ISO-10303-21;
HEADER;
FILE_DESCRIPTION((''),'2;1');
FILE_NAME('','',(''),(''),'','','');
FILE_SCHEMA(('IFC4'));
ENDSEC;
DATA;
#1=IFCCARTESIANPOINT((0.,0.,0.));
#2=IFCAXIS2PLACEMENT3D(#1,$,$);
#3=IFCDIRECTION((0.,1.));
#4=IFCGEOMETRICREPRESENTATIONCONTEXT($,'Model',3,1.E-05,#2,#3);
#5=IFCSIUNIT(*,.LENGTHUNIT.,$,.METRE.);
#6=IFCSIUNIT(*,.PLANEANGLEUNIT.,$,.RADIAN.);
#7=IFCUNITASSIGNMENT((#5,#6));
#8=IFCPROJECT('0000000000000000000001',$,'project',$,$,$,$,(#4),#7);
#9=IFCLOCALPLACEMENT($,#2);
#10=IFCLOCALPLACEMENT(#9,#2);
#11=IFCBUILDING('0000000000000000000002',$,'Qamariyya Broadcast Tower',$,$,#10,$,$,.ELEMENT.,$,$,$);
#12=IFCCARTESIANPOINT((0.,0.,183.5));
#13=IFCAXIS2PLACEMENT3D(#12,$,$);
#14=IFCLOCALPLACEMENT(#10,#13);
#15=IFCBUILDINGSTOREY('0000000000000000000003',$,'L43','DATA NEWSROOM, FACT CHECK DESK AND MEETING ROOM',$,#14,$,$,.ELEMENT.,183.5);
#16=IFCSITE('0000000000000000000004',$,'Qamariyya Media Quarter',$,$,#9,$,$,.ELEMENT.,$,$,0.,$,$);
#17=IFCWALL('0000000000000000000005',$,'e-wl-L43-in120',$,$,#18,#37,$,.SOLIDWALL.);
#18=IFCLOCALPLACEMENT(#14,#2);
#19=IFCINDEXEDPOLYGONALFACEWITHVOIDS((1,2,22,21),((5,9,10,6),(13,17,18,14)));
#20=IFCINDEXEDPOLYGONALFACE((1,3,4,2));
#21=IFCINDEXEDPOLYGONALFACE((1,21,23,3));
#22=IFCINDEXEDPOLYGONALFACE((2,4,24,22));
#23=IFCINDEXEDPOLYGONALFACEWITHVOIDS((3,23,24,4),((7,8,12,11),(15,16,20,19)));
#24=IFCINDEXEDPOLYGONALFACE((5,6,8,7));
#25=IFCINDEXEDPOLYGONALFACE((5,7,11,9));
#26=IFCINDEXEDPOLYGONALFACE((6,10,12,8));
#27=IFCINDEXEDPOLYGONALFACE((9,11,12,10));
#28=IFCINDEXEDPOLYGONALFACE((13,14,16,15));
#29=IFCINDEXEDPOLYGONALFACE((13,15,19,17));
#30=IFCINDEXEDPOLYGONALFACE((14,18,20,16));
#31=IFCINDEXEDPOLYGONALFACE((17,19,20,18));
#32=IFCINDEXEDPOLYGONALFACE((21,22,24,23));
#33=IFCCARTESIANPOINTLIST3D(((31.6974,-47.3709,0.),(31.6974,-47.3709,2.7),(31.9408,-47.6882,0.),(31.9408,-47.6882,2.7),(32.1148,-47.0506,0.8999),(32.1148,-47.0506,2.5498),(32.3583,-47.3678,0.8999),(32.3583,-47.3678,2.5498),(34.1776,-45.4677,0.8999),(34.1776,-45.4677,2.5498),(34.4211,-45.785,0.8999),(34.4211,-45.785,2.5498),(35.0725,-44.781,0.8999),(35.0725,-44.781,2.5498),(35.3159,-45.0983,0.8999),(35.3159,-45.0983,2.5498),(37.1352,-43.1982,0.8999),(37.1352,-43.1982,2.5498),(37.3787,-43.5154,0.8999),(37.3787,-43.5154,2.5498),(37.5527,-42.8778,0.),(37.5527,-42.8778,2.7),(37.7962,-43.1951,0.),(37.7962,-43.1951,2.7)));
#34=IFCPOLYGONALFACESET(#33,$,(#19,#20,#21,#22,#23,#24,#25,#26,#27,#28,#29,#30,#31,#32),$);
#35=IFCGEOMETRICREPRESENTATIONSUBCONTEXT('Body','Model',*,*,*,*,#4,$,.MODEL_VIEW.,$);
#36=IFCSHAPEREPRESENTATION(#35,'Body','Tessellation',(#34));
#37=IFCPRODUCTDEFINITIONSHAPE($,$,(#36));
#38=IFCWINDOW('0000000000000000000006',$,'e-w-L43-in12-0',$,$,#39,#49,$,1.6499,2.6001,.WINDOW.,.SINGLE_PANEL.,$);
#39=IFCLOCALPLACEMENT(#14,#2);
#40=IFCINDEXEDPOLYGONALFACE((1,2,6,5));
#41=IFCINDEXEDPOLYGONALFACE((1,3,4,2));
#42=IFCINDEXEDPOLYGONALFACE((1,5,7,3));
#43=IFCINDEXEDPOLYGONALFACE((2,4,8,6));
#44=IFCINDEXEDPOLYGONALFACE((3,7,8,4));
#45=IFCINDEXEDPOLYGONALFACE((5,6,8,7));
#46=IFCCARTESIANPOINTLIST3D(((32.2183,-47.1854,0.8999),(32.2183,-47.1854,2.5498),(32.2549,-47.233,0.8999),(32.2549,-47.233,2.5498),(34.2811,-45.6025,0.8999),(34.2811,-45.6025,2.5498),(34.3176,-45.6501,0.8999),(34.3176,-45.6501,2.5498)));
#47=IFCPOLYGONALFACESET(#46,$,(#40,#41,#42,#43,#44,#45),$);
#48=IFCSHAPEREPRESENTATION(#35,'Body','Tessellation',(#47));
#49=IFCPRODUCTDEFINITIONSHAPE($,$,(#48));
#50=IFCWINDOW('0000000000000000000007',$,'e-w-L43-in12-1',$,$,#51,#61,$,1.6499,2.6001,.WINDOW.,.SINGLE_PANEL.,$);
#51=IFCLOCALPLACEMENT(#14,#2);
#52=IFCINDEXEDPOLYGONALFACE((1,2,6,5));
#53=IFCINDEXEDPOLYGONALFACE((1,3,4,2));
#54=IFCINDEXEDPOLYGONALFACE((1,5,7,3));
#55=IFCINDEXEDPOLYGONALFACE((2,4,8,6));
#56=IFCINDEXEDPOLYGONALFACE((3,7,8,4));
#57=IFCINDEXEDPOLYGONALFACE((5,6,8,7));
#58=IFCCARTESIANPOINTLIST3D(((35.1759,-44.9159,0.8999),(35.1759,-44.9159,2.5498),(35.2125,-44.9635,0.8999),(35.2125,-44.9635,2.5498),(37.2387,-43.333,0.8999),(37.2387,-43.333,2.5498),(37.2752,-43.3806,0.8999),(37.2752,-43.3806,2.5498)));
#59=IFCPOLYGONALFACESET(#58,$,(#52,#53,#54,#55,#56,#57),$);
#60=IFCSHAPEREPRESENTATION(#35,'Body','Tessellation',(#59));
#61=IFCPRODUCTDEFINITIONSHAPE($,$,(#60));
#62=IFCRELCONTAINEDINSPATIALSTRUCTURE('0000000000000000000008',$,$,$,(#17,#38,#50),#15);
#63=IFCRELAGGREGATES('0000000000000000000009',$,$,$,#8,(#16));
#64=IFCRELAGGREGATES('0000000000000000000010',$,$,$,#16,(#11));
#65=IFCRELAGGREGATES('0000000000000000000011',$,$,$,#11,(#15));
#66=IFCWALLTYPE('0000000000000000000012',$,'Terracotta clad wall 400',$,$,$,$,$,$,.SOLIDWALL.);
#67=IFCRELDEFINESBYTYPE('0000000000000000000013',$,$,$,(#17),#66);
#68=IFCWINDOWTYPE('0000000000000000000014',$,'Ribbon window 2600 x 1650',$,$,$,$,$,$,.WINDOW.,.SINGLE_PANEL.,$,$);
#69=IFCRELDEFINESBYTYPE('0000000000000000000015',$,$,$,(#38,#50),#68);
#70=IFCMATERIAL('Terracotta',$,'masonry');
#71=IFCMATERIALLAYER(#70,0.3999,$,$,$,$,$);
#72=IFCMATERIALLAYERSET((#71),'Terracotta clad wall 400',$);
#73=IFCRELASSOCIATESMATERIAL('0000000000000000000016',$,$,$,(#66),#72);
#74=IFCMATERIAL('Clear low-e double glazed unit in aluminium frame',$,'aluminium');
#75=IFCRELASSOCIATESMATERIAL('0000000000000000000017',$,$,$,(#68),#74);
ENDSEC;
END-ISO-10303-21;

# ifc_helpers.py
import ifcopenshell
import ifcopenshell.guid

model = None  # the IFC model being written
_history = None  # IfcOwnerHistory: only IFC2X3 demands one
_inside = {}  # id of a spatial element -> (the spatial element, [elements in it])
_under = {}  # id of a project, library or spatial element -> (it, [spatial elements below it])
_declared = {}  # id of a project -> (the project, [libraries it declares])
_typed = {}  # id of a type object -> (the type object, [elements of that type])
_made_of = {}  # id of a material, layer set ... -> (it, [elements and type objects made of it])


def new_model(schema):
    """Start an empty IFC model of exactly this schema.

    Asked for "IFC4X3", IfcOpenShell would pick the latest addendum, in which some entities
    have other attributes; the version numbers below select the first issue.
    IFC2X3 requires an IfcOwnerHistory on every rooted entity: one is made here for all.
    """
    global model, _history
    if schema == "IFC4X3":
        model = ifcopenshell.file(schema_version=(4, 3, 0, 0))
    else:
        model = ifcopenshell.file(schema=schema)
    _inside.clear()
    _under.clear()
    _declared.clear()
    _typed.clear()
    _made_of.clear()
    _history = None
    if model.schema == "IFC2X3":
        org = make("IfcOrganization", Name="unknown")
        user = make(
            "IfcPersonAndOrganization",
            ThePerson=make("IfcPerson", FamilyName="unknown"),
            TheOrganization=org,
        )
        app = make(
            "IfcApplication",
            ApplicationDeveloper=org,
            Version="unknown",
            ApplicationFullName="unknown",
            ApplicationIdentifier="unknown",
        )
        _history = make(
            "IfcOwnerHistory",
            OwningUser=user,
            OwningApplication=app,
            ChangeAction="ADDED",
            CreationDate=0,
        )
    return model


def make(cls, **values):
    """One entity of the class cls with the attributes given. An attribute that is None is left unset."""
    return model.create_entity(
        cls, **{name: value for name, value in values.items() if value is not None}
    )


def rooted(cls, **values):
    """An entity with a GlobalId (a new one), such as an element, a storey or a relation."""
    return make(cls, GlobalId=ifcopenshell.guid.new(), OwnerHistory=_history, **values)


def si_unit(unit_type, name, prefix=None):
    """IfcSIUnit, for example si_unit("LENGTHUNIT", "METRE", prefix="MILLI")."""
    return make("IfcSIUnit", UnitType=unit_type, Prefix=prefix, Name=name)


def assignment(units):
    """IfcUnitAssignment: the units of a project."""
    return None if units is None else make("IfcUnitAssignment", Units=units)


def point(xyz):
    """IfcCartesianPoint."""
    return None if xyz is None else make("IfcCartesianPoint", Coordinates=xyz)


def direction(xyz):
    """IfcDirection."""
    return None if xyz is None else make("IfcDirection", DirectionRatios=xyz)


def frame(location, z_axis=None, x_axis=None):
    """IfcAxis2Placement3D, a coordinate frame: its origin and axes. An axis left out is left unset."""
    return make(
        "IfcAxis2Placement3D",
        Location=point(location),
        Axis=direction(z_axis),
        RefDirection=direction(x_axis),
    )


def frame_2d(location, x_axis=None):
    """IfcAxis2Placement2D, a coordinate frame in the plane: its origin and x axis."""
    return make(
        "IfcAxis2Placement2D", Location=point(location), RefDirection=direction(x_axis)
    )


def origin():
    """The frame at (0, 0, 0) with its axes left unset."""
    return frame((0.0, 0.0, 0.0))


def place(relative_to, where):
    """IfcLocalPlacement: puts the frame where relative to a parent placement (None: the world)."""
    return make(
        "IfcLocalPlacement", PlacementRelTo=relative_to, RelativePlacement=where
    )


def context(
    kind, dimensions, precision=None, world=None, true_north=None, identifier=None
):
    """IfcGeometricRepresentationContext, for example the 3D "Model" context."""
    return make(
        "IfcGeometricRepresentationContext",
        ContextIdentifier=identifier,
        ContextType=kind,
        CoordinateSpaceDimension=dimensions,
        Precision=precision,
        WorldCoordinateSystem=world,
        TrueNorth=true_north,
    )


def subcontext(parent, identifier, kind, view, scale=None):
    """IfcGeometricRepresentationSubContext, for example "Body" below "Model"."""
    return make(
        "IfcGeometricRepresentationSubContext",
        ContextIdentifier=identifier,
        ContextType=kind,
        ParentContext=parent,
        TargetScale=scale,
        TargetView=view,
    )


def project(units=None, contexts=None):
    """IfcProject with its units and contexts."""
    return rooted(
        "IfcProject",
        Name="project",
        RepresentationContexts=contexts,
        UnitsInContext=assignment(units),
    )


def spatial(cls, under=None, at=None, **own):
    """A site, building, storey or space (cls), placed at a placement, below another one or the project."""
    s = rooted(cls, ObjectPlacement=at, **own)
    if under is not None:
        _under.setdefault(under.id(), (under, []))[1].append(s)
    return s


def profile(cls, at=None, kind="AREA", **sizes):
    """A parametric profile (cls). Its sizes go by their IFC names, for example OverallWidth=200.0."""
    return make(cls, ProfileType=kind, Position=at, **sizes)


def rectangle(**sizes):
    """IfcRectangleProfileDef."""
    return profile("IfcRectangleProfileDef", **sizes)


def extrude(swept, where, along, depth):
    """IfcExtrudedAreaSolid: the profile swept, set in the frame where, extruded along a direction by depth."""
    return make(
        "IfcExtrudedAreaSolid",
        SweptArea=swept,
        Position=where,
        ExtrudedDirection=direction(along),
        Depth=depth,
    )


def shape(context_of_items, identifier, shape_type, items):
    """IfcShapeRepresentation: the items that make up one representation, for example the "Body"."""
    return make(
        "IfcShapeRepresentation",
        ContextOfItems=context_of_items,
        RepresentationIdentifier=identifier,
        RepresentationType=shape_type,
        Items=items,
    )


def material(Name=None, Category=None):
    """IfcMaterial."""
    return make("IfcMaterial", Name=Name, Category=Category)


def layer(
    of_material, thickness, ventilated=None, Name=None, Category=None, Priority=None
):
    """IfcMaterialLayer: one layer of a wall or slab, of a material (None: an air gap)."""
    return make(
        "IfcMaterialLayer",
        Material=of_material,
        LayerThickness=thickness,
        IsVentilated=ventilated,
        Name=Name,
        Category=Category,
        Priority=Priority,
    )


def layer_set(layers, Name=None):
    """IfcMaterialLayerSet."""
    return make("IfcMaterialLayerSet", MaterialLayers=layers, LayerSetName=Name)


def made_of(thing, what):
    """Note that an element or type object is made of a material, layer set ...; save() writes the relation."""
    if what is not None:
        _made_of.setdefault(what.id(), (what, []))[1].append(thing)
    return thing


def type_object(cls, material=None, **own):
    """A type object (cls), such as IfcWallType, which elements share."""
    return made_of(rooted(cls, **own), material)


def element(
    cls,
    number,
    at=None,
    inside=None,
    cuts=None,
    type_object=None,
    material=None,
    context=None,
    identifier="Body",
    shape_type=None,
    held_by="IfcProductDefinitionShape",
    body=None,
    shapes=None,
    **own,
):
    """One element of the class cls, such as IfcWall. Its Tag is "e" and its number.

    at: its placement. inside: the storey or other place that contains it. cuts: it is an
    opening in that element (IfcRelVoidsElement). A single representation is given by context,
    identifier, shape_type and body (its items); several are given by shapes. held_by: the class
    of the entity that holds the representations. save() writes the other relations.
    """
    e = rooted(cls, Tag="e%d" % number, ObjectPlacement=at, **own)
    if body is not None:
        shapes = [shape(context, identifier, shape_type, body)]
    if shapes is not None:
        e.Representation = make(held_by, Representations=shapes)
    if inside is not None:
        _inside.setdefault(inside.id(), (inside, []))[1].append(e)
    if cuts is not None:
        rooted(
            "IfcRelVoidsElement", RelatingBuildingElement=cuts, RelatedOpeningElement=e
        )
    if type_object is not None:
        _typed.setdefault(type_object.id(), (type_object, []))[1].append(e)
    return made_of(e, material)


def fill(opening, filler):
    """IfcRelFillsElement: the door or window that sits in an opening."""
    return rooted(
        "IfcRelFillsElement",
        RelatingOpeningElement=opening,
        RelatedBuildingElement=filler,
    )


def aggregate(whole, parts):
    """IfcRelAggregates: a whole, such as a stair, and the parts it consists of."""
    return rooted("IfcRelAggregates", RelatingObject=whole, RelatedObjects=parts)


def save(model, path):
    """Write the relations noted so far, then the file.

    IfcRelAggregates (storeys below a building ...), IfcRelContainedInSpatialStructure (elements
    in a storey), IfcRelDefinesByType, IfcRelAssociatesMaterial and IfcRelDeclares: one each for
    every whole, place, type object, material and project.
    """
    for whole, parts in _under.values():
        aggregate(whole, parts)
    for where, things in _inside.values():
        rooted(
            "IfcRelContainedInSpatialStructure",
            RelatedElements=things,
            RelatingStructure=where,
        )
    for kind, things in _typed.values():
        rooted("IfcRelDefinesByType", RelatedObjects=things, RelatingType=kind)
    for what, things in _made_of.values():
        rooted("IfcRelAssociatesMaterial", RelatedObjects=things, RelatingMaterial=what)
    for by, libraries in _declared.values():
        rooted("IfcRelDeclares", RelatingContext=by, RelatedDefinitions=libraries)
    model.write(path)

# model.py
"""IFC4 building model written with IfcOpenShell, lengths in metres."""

from ifc_helpers import new_model, si_unit, direction, frame, frame_2d, origin, place, context, subcontext, project, spatial, rectangle, extrude, material, layer, layer_set, type_object, element, fill, save


model = new_model("IFC4")

# Units and contexts
model_context = context("Model", 3, precision=1e-05, world=origin(), true_north=direction((0.0, 1.0)))
body_context = subcontext(model_context, "Body", "Model", "MODEL_VIEW")
ifc_project = project(units=[si_unit("LENGTHUNIT", "METRE"), si_unit("PLANEANGLEUNIT", "RADIAN")], contexts=[model_context])

# Site, building, storey
site_placement = place(None, origin())
site = spatial("IfcSite", under=ifc_project, at=site_placement, Name="Qamariyya Media Quarter", CompositionType="ELEMENT", RefElevation=0.0)
building_placement = place(site_placement, origin())
building = spatial("IfcBuilding", under=site, at=building_placement, Name="Qamariyya Broadcast Tower", CompositionType="ELEMENT")
storey_placement = place(building_placement, frame((0.0, 0.0, 183.5)))
storey = spatial("IfcBuildingStorey", under=building, at=storey_placement, Name="L43", Description="DATA NEWSROOM, FACT CHECK DESK AND MEETING ROOM", CompositionType="ELEMENT", Elevation=183.5)

# Wall, openings, windows
ifc_material_1 = material(Name="Terracotta", Category="masonry")
ifc_layer = layer(ifc_material_1, 0.3999)
ifc_layer_set = layer_set([ifc_layer], Name="Terracotta clad wall 400")
wall_type = type_object("IfcWallType", Name="Terracotta clad wall 400", PredefinedType="SOLIDWALL", material=ifc_layer_set)
wall_placement = place(storey_placement, frame((37.6746, -43.0364, 0.0), z_axis=(0.0, 0.0, 1.0), x_axis=(-0.793346, -0.60877, 0.0)))
wall = element("IfcWall", 1, at=wall_placement, inside=storey, type_object=wall_type, Name="e-wl-L43-in120", PredefinedType="SOLIDWALL", context=body_context, shape_type="SweptSolid", body=[
    extrude(rectangle(XDim=7.3806, YDim=0.3999, at=frame_2d((3.6904, 0.0))), origin(), (0.0, 0.0, 1.0), 2.7),
])
opening_1_placement = place(wall_placement, frame((4.2544, 0.0, 0.8999)))
opening_1 = element("IfcOpeningElement", 2, at=opening_1_placement, cuts=wall, PredefinedType="OPENING", context=body_context, shape_type="SweptSolid", body=[
    extrude(rectangle(XDim=2.6001, YDim=1.6499, at=frame_2d((1.3, 0.825))), frame((0.0, 0.21, 0.0), z_axis=(0.0, -1.0, 0.0), x_axis=(1.0, 0.0, 0.0)), (0.0, 0.0, 1.0), 0.4199),
])
opening_2_placement = place(wall_placement, frame((0.5264, 0.0, 0.8999)))
opening_2 = element("IfcOpeningElement", 3, at=opening_2_placement, cuts=wall, PredefinedType="OPENING", context=body_context, shape_type="SweptSolid", body=[
    extrude(rectangle(XDim=2.6001, YDim=1.6499, at=frame_2d((1.3, 0.825))), frame((0.0, 0.21, 0.0), z_axis=(0.0, -1.0, 0.0), x_axis=(1.0, 0.0, 0.0)), (0.0, 0.0, 1.0), 0.4199),
])
ifc_material_2 = material(Name="Clear low-e double glazed unit in aluminium frame", Category="aluminium")
window_type = type_object("IfcWindowType", Name="Ribbon window 2600 x 1650", PartitioningType="SINGLE_PANEL", PredefinedType="WINDOW", material=ifc_material_2)
window_1_placement = place(opening_1_placement, origin())
window_1 = element("IfcWindow", 4, at=window_1_placement, inside=storey, type_object=window_type, Name="e-w-L43-in12-0", OverallHeight=1.6499, OverallWidth=2.6001, PartitioningType="SINGLE_PANEL", PredefinedType="WINDOW", context=body_context, shape_type="SweptSolid", body=[
    extrude(rectangle(XDim=2.6001, YDim=1.6499, at=frame_2d((1.3, 0.825))), frame((0.0, 0.03, 0.0), z_axis=(0.0, -1.0, 0.0), x_axis=(1.0, 0.0, 0.0)), (0.0, 0.0, 1.0), 0.0601),
])
fill(opening_1, window_1)
window_2_placement = place(opening_2_placement, origin())
window_2 = element("IfcWindow", 5, at=window_2_placement, inside=storey, type_object=window_type, Name="e-w-L43-in12-1", OverallHeight=1.6499, OverallWidth=2.6001, PartitioningType="SINGLE_PANEL", PredefinedType="WINDOW", context=body_context, shape_type="SweptSolid", body=[
    extrude(rectangle(XDim=2.6001, YDim=1.6499, at=frame_2d((1.3, 0.825))), frame((0.0, 0.03, 0.0), z_axis=(0.0, -1.0, 0.0), x_axis=(1.0, 0.0, 0.0)), (0.0, 0.0, 1.0), 0.0601),
])
fill(opening_2, window_2)

save(model, "model.ifc")
